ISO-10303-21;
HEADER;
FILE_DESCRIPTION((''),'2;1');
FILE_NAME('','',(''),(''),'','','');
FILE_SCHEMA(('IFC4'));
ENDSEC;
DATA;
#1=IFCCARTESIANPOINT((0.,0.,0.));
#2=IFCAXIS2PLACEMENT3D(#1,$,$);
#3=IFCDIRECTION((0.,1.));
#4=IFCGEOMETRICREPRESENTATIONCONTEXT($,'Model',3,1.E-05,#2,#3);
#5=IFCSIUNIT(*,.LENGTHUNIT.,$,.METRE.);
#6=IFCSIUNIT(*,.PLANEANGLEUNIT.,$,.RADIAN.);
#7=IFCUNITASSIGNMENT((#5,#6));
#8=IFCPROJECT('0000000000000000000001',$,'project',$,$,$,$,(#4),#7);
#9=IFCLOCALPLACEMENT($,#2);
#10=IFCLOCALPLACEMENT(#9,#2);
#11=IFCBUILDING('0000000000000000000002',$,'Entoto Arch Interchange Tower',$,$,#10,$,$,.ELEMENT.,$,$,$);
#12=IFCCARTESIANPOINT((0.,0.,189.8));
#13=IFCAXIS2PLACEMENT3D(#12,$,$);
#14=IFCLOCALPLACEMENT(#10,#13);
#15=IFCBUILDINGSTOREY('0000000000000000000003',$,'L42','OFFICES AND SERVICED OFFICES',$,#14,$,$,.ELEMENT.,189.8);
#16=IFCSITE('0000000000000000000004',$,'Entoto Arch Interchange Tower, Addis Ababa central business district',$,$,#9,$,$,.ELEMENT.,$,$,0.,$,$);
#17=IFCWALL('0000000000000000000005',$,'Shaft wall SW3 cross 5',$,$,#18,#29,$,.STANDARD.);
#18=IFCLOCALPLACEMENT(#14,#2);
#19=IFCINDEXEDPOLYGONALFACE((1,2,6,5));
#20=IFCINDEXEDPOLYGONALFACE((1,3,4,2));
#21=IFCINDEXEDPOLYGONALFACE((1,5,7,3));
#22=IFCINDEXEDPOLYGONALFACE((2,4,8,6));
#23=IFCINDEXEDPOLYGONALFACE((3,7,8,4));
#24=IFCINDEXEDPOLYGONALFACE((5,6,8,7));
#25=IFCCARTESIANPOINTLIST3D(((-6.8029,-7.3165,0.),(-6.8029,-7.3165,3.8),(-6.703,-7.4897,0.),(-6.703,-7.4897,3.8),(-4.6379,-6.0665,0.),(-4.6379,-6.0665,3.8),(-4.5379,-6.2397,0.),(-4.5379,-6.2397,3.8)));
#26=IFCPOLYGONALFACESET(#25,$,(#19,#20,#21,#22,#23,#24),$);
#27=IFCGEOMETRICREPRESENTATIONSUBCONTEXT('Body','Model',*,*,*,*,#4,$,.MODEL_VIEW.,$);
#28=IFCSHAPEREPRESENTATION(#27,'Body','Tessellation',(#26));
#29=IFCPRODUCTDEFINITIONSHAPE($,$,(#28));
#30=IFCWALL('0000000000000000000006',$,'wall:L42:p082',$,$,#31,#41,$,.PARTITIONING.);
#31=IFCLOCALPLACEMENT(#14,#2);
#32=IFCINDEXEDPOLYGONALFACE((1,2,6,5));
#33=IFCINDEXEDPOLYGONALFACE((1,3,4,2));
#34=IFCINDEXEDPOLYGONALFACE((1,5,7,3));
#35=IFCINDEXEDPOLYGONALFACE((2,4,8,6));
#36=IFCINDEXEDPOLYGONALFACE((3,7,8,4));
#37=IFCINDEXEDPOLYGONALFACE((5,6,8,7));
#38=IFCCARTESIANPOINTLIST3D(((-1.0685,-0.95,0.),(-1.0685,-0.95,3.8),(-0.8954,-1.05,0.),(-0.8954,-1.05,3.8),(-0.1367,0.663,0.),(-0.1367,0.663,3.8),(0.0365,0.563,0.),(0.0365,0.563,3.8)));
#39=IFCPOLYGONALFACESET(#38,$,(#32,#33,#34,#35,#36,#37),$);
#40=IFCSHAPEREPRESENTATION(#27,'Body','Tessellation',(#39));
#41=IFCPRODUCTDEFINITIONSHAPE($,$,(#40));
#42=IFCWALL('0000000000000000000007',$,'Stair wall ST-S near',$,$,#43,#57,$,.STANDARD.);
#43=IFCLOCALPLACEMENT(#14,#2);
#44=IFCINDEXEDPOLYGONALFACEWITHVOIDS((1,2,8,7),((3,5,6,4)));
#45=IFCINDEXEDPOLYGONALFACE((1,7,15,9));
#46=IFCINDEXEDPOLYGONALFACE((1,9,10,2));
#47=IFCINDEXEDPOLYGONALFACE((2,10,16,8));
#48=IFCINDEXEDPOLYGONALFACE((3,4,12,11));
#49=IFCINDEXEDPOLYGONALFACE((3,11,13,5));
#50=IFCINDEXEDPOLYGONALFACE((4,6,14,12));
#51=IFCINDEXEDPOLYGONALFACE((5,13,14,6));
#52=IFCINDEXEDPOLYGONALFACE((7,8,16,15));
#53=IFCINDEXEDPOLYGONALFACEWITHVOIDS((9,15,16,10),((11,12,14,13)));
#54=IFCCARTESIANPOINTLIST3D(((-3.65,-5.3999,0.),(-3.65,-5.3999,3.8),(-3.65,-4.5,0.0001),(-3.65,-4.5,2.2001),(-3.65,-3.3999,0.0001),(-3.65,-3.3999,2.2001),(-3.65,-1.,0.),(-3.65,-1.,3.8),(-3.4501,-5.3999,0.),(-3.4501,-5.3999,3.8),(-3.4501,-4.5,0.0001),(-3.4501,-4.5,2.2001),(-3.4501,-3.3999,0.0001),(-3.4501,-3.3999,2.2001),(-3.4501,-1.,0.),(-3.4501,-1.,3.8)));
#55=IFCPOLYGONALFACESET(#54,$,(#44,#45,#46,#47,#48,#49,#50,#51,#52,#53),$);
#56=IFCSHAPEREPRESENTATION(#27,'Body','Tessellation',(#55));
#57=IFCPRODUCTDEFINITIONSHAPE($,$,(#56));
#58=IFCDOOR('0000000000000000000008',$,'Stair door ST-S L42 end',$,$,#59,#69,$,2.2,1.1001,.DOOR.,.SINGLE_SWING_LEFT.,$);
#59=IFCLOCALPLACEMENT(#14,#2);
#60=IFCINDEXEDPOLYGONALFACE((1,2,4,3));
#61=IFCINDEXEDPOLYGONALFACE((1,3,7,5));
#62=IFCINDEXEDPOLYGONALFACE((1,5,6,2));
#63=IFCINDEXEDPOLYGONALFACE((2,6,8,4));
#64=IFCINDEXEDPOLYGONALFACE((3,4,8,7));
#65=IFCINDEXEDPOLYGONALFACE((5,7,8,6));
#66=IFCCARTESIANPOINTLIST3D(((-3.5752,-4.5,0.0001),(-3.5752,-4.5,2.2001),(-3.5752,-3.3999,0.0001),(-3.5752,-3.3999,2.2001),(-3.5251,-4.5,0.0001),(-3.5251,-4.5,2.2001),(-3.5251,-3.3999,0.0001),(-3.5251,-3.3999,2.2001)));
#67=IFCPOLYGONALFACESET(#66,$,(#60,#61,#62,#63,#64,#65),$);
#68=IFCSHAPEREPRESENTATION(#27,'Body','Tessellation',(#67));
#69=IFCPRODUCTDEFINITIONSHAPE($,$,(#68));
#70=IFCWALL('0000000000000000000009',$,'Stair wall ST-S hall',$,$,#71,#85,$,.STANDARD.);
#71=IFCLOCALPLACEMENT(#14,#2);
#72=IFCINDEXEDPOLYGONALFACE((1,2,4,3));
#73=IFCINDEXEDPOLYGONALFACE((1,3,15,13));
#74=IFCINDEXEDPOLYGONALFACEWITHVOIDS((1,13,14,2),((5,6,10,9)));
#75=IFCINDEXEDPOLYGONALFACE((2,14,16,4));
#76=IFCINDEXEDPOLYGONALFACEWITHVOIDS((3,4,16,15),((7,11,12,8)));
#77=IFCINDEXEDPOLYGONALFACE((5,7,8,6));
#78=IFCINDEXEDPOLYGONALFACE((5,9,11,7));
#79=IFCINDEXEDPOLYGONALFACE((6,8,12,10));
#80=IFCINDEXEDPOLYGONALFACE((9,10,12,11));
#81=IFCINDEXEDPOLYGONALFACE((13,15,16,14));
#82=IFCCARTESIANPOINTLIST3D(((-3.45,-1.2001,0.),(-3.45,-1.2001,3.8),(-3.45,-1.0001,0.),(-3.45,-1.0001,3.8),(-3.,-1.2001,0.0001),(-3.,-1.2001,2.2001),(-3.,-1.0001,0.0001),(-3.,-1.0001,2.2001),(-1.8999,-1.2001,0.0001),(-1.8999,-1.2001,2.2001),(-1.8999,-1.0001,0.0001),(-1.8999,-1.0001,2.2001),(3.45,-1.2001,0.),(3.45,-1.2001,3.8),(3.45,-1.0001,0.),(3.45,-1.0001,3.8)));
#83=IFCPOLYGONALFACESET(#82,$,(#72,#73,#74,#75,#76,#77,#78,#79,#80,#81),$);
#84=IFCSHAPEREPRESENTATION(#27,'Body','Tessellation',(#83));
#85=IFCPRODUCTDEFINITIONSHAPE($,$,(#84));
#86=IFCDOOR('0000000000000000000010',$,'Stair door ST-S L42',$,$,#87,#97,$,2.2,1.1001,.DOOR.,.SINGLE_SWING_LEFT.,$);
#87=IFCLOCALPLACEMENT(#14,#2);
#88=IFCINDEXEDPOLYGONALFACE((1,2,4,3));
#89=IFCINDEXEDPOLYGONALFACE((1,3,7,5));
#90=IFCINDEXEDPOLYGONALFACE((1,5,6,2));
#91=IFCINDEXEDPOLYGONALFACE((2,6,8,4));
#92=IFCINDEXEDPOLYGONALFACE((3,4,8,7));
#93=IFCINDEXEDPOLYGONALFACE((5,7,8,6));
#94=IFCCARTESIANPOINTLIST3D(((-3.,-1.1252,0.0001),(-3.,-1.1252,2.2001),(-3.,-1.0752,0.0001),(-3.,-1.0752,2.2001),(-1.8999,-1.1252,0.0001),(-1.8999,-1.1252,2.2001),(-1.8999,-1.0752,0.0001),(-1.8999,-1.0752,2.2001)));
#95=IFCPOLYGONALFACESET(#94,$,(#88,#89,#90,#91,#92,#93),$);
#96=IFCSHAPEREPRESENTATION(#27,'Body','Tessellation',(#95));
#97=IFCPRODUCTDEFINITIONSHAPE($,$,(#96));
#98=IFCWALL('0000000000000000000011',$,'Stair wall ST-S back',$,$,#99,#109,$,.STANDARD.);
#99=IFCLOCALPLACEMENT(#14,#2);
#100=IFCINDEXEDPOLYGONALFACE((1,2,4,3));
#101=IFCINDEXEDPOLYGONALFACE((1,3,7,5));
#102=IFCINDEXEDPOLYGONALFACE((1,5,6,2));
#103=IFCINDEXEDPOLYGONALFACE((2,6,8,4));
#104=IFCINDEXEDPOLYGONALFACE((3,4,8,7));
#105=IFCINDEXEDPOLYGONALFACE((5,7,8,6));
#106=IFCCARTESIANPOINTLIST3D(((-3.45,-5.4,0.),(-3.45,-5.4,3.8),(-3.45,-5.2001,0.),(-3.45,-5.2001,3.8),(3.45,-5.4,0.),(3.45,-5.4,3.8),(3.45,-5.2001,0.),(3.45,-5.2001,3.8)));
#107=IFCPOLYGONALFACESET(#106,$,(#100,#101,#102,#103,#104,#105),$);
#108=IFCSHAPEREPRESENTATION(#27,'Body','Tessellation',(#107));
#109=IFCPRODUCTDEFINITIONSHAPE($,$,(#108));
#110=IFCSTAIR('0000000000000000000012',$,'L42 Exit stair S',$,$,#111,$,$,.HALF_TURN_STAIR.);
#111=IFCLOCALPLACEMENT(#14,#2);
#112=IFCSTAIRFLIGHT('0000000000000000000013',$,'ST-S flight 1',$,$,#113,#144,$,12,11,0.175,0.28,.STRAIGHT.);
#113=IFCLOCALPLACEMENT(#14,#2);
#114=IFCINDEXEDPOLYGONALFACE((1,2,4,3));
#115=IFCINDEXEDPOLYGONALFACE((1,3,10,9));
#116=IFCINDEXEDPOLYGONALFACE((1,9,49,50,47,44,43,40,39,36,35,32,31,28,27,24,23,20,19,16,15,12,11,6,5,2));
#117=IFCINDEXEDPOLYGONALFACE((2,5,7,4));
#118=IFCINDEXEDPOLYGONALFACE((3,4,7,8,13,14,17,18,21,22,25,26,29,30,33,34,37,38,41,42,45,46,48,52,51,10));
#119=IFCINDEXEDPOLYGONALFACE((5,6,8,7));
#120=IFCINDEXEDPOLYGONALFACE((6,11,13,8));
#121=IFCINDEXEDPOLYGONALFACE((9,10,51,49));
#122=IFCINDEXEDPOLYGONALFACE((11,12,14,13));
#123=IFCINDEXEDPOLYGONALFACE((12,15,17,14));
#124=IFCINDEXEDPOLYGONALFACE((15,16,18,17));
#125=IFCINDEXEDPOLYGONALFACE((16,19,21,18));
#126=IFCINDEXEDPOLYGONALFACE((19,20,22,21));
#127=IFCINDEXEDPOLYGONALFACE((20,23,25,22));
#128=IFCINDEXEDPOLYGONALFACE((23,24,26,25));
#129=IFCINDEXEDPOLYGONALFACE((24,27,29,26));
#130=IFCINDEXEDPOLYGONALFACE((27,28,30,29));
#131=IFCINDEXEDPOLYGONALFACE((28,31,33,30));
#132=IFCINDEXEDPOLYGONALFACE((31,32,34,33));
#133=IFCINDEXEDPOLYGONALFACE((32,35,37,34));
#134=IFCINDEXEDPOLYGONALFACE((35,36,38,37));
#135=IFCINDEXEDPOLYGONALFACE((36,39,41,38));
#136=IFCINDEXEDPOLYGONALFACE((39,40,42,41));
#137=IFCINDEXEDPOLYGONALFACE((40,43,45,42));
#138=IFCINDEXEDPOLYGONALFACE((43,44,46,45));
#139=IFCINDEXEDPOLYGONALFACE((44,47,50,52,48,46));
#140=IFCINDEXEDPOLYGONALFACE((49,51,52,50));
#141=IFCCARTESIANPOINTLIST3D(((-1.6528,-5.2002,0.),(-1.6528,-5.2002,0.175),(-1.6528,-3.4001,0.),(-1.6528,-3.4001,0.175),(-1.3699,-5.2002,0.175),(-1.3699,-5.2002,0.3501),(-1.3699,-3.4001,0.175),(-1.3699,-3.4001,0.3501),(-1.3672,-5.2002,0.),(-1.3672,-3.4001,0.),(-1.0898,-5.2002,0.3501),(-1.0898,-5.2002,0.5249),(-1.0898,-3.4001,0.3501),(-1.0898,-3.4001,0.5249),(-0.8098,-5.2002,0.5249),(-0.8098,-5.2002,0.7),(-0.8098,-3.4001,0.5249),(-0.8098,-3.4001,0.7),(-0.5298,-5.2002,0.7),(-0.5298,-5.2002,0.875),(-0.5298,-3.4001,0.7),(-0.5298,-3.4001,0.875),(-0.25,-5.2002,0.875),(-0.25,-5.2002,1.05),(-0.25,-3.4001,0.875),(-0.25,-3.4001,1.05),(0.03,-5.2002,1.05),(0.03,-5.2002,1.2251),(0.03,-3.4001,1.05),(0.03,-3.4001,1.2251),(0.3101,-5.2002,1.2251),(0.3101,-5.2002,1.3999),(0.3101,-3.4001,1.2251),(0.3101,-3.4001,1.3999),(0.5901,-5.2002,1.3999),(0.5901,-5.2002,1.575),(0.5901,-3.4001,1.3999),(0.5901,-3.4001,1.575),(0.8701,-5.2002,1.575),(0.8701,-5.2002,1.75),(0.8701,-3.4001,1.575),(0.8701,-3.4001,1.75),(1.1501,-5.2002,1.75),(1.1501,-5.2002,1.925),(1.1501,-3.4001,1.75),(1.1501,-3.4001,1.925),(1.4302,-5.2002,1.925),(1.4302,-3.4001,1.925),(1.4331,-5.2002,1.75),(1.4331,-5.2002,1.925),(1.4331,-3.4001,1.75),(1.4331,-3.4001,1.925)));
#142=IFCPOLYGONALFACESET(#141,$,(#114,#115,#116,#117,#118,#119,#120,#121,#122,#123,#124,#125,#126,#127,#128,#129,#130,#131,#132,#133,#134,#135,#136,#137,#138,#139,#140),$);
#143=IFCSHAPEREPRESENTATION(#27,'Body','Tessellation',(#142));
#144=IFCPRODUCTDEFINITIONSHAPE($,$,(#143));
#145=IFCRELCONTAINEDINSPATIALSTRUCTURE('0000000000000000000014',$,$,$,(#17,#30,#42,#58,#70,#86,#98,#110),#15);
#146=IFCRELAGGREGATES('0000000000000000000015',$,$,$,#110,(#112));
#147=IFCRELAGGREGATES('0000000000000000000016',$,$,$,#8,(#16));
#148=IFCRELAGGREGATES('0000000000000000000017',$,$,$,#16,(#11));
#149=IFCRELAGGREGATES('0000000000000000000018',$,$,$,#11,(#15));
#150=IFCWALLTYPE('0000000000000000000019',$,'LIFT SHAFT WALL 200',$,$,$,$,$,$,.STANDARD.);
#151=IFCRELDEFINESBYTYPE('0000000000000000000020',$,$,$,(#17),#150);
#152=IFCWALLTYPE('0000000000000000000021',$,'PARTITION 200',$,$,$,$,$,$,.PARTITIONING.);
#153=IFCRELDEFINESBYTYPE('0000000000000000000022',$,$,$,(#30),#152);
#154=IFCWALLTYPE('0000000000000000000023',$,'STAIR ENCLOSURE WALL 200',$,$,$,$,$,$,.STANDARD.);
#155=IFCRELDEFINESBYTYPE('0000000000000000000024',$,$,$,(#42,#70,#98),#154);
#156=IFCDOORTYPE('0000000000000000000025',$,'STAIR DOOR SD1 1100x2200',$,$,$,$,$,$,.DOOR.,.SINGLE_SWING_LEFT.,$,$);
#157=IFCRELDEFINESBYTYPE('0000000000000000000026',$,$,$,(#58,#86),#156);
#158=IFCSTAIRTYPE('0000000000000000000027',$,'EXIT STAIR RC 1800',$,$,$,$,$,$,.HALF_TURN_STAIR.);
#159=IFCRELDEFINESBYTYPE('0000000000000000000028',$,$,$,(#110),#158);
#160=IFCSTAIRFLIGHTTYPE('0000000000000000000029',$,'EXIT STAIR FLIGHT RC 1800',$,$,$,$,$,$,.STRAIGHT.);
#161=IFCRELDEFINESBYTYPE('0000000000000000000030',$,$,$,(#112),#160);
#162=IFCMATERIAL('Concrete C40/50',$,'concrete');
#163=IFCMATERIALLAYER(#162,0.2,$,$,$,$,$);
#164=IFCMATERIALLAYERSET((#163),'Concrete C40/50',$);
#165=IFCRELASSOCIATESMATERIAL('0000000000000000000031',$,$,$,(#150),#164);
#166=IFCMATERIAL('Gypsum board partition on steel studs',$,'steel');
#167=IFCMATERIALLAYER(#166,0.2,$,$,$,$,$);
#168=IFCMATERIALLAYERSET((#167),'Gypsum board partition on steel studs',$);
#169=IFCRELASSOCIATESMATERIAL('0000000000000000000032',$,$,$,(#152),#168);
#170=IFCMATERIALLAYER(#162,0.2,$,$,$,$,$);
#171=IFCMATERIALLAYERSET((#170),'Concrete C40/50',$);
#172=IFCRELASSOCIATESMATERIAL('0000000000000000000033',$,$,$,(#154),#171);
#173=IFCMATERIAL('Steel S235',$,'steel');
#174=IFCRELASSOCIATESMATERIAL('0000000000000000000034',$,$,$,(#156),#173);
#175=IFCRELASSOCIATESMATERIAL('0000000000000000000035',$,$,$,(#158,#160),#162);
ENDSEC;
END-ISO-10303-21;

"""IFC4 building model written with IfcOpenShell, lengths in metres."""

from ifc_helpers import new_model, si_unit, direction, frame, frame_2d, origin, place, context, subcontext, project, spatial, polyline, rectangle, outline, extrude, material, layer, layer_set, type_object, element, fill, aggregate, save


model = new_model("IFC4")

# Units and contexts
model_context = context("Model", 3, precision=1e-05, world=origin(), true_north=direction((0.0, 1.0)))
body_context = subcontext(model_context, "Body", "Model", "MODEL_VIEW")
ifc_project = project(units=[si_unit("LENGTHUNIT", "METRE"), si_unit("PLANEANGLEUNIT", "RADIAN")], contexts=[model_context])

# Site, building, storey
site_placement = place(None, origin())
site = spatial("IfcSite", under=ifc_project, at=site_placement, Name="Entoto Arch Interchange Tower, Addis Ababa central business district", CompositionType="ELEMENT", RefElevation=0.0)
building_placement = place(site_placement, origin())
building = spatial("IfcBuilding", under=site, at=building_placement, Name="Entoto Arch Interchange Tower", CompositionType="ELEMENT")
storey_placement = place(building_placement, frame((0.0, 0.0, 189.8)))
storey = spatial("IfcBuildingStorey", under=building, at=storey_placement, Name="L42", Description="OFFICES AND SERVICED OFFICES", CompositionType="ELEMENT", Elevation=189.8)

# Shared definitions
ifc_material_1 = material(Name="Concrete C40/50", Category="concrete")

# Walls
ifc_layer_1 = layer(ifc_material_1, 0.2)
ifc_layer_set_1 = layer_set([ifc_layer_1], Name="Concrete C40/50")
wall_type_1 = type_object("IfcWallType", Name="LIFT SHAFT WALL 200", PredefinedType="STANDARD", material=ifc_layer_set_1)
for number, where, z_axis, x_axis, name in (
    (1, (-4.5879, -6.1531, 0.0), (0.0, 0.0, 1.0), (-0.866023, -0.500004, 0.0), "Shaft wall SW3 cross 5"),
):
    element("IfcWall", number, at=place(storey_placement, frame(where, z_axis=z_axis, x_axis=x_axis)), inside=storey, type_object=wall_type_1, Name=name, PredefinedType="STANDARD", context=body_context, shape_type="SweptSolid", body=[
        extrude(rectangle(XDim=2.5, YDim=0.2, at=frame_2d((1.25, 0.0))), origin(), (0.0, 0.0, 1.0), 3.8),
    ])
ifc_material_2 = material(Name="Gypsum board partition on steel studs", Category="steel")
ifc_layer_2 = layer(ifc_material_2, 0.2)
ifc_layer_set_2 = layer_set([ifc_layer_2], Name="Gypsum board partition on steel studs")
wall_type_2 = type_object("IfcWallType", Name="PARTITION 200", PredefinedType="PARTITIONING", material=ifc_layer_set_2)
wall_1_placement = place(storey_placement, frame((-0.9819, -1.0, 0.0), z_axis=(0.0, 0.0, 1.0), x_axis=(0.50024, 0.865887, 0.0)))
element("IfcWall", 2, at=wall_1_placement, inside=storey, type_object=wall_type_2, Name="wall:L42:p082", PredefinedType="PARTITIONING", context=body_context, shape_type="SweptSolid", body=[
    extrude(rectangle(XDim=1.8628, YDim=0.2, at=frame_2d((0.9314, 0.0))), origin(), (0.0, 0.0, 1.0), 3.8),
])

# Walls, openings, doors
ifc_layer_3 = layer(ifc_material_1, 0.2)
ifc_layer_set_3 = layer_set([ifc_layer_3], Name="Concrete C40/50")
wall_type_3 = type_object("IfcWallType", Name="STAIR ENCLOSURE WALL 200", PredefinedType="STANDARD", material=ifc_layer_set_3)
wall_2_placement = place(storey_placement, frame((-3.55, -1.0, 0.0), z_axis=(0.0, 0.0, 1.0), x_axis=(0.0, -1.0, 0.0)))
wall_2 = element("IfcWall", 3, at=wall_2_placement, inside=storey, type_object=wall_type_3, Name="Stair wall ST-S near", PredefinedType="STANDARD", context=body_context, shape_type="SweptSolid", body=[
    extrude(rectangle(XDim=4.3999, YDim=0.2, at=frame_2d((2.2, 0.0))), origin(), (0.0, 0.0, 1.0), 3.8),
])
opening_1_placement = place(wall_2_placement, frame((2.3999, 0.0, 0.0)))
opening_1 = element("IfcOpeningElement", 4, at=opening_1_placement, cuts=wall_2, PredefinedType="OPENING", context=body_context, shape_type="SweptSolid", body=[
    extrude(rectangle(XDim=1.1001, YDim=2.2, at=frame_2d((0.55, 1.1001))), frame((0.0, 0.1099, 0.0), z_axis=(0.0, -1.0, 0.0), x_axis=(1.0, 0.0, 0.0)), (0.0, 0.0, 1.0), 0.22),
])
ifc_material_3 = material(Name="Steel S235", Category="steel")
door_type = type_object("IfcDoorType", Name="STAIR DOOR SD1 1100x2200", OperationType="SINGLE_SWING_LEFT", PredefinedType="DOOR", material=ifc_material_3)
door_1_placement = place(opening_1_placement, origin())
door_1 = element("IfcDoor", 5, at=door_1_placement, inside=storey, type_object=door_type, Name="Stair door ST-S L42 end", OperationType="SINGLE_SWING_LEFT", OverallHeight=2.2, OverallWidth=1.1001, PredefinedType="DOOR", context=body_context, shape_type="SweptSolid", body=[
    extrude(rectangle(XDim=1.1001, YDim=2.2, at=frame_2d((0.55, 1.1001))), frame((0.0, 0.0249, 0.0), z_axis=(0.0, -1.0, 0.0), x_axis=(1.0, 0.0, 0.0)), (0.0, 0.0, 1.0), 0.05),
])
fill(opening_1, door_1)
wall_3_placement = place(storey_placement, frame((-3.45, -1.1001, 0.0), z_axis=(0.0, 0.0, 1.0), x_axis=(1.0, 0.0, 0.0)))
wall_3 = element("IfcWall", 6, at=wall_3_placement, inside=storey, type_object=wall_type_3, Name="Stair wall ST-S hall", PredefinedType="STANDARD", context=body_context, shape_type="SweptSolid", body=[
    extrude(rectangle(XDim=6.8999, YDim=0.2, at=frame_2d((3.45, 0.0))), origin(), (0.0, 0.0, 1.0), 3.8),
])
opening_2_placement = place(wall_3_placement, frame((0.45, 0.0, 0.0)))
opening_2 = element("IfcOpeningElement", 7, at=opening_2_placement, cuts=wall_3, PredefinedType="OPENING", context=body_context, shape_type="SweptSolid", body=[
    extrude(rectangle(XDim=1.1001, YDim=2.2, at=frame_2d((0.55, 1.1001))), frame((0.0, 0.1099, 0.0), z_axis=(0.0, -1.0, 0.0), x_axis=(1.0, 0.0, 0.0)), (0.0, 0.0, 1.0), 0.22),
])
door_2_placement = place(opening_2_placement, origin())
door_2 = element("IfcDoor", 8, at=door_2_placement, inside=storey, type_object=door_type, Name="Stair door ST-S L42", OperationType="SINGLE_SWING_LEFT", OverallHeight=2.2, OverallWidth=1.1001, PredefinedType="DOOR", context=body_context, shape_type="SweptSolid", body=[
    extrude(rectangle(XDim=1.1001, YDim=2.2, at=frame_2d((0.55, 1.1001))), frame((0.0, 0.0249, 0.0), z_axis=(0.0, -1.0, 0.0), x_axis=(1.0, 0.0, 0.0)), (0.0, 0.0, 1.0), 0.05),
])
fill(opening_2, door_2)

# Wall
wall_4_placement = place(storey_placement, frame((-3.45, -5.3, 0.0), z_axis=(0.0, 0.0, 1.0), x_axis=(1.0, 0.0, 0.0)))
element("IfcWall", 9, at=wall_4_placement, inside=storey, type_object=wall_type_3, Name="Stair wall ST-S back", PredefinedType="STANDARD", context=body_context, shape_type="SweptSolid", body=[
    extrude(rectangle(XDim=6.8999, YDim=0.2, at=frame_2d((3.45, 0.0))), origin(), (0.0, 0.0, 1.0), 3.8),
])

# Stair, stair flight
stair_type = type_object("IfcStairType", Name="EXIT STAIR RC 1800", PredefinedType="HALF_TURN_STAIR", material=ifc_material_1)
stair_placement = place(storey_placement, origin())
stair = element("IfcStair", 10, at=stair_placement, inside=storey, type_object=stair_type, Name="L42 Exit stair S", PredefinedType="HALF_TURN_STAIR")
stair_flight_type = type_object("IfcStairFlightType", Name="EXIT STAIR FLIGHT RC 1800", PredefinedType="STRAIGHT", material=ifc_material_1)
stair_flight_placement = place(storey_placement, frame((-1.6499, -4.3, 0.0), z_axis=(0.0, 0.0, 1.0), x_axis=(1.0, 0.0, 0.0)))
stair_flight = element("IfcStairFlight", 11, at=stair_flight_placement, type_object=stair_flight_type, Name="ST-S flight 1", NumberOfRisers=12, NumberOfTreads=11, PredefinedType="STRAIGHT", RiserHeight=0.175, TreadLength=0.28, context=body_context, shape_type="SweptSolid", body=[
    extrude(outline(polyline([(-0.0029, 0.0), (-0.0029, 0.175), (0.28, 0.175), (0.28, 0.3501), (0.5601, 0.3501), (0.5601, 0.5249), (0.8401, 0.5249), (0.8401, 0.7), (1.1201, 0.7), (1.1201, 0.875), (1.3999, 0.875), (1.3999, 1.05), (1.6799, 1.05), (1.6799, 1.2251), (1.96, 1.2251), (1.96, 1.3999), (2.24, 1.3999), (2.24, 1.575), (2.52, 1.575), (2.52, 1.75), (2.8, 1.75), (2.8, 1.925), (3.0801, 1.925), (3.083, 1.925), (3.083, 1.75), (0.2827, 0.0), (-0.0029, 0.0)])), frame((0.0, 0.8999, 0.0), z_axis=(0.0, -1.0, 0.0), x_axis=(1.0, 0.0, 0.0)), (0.0, 0.0, 1.0), 1.8),
])
aggregate(stair, [stair_flight])

save(model, "model.ifc")
